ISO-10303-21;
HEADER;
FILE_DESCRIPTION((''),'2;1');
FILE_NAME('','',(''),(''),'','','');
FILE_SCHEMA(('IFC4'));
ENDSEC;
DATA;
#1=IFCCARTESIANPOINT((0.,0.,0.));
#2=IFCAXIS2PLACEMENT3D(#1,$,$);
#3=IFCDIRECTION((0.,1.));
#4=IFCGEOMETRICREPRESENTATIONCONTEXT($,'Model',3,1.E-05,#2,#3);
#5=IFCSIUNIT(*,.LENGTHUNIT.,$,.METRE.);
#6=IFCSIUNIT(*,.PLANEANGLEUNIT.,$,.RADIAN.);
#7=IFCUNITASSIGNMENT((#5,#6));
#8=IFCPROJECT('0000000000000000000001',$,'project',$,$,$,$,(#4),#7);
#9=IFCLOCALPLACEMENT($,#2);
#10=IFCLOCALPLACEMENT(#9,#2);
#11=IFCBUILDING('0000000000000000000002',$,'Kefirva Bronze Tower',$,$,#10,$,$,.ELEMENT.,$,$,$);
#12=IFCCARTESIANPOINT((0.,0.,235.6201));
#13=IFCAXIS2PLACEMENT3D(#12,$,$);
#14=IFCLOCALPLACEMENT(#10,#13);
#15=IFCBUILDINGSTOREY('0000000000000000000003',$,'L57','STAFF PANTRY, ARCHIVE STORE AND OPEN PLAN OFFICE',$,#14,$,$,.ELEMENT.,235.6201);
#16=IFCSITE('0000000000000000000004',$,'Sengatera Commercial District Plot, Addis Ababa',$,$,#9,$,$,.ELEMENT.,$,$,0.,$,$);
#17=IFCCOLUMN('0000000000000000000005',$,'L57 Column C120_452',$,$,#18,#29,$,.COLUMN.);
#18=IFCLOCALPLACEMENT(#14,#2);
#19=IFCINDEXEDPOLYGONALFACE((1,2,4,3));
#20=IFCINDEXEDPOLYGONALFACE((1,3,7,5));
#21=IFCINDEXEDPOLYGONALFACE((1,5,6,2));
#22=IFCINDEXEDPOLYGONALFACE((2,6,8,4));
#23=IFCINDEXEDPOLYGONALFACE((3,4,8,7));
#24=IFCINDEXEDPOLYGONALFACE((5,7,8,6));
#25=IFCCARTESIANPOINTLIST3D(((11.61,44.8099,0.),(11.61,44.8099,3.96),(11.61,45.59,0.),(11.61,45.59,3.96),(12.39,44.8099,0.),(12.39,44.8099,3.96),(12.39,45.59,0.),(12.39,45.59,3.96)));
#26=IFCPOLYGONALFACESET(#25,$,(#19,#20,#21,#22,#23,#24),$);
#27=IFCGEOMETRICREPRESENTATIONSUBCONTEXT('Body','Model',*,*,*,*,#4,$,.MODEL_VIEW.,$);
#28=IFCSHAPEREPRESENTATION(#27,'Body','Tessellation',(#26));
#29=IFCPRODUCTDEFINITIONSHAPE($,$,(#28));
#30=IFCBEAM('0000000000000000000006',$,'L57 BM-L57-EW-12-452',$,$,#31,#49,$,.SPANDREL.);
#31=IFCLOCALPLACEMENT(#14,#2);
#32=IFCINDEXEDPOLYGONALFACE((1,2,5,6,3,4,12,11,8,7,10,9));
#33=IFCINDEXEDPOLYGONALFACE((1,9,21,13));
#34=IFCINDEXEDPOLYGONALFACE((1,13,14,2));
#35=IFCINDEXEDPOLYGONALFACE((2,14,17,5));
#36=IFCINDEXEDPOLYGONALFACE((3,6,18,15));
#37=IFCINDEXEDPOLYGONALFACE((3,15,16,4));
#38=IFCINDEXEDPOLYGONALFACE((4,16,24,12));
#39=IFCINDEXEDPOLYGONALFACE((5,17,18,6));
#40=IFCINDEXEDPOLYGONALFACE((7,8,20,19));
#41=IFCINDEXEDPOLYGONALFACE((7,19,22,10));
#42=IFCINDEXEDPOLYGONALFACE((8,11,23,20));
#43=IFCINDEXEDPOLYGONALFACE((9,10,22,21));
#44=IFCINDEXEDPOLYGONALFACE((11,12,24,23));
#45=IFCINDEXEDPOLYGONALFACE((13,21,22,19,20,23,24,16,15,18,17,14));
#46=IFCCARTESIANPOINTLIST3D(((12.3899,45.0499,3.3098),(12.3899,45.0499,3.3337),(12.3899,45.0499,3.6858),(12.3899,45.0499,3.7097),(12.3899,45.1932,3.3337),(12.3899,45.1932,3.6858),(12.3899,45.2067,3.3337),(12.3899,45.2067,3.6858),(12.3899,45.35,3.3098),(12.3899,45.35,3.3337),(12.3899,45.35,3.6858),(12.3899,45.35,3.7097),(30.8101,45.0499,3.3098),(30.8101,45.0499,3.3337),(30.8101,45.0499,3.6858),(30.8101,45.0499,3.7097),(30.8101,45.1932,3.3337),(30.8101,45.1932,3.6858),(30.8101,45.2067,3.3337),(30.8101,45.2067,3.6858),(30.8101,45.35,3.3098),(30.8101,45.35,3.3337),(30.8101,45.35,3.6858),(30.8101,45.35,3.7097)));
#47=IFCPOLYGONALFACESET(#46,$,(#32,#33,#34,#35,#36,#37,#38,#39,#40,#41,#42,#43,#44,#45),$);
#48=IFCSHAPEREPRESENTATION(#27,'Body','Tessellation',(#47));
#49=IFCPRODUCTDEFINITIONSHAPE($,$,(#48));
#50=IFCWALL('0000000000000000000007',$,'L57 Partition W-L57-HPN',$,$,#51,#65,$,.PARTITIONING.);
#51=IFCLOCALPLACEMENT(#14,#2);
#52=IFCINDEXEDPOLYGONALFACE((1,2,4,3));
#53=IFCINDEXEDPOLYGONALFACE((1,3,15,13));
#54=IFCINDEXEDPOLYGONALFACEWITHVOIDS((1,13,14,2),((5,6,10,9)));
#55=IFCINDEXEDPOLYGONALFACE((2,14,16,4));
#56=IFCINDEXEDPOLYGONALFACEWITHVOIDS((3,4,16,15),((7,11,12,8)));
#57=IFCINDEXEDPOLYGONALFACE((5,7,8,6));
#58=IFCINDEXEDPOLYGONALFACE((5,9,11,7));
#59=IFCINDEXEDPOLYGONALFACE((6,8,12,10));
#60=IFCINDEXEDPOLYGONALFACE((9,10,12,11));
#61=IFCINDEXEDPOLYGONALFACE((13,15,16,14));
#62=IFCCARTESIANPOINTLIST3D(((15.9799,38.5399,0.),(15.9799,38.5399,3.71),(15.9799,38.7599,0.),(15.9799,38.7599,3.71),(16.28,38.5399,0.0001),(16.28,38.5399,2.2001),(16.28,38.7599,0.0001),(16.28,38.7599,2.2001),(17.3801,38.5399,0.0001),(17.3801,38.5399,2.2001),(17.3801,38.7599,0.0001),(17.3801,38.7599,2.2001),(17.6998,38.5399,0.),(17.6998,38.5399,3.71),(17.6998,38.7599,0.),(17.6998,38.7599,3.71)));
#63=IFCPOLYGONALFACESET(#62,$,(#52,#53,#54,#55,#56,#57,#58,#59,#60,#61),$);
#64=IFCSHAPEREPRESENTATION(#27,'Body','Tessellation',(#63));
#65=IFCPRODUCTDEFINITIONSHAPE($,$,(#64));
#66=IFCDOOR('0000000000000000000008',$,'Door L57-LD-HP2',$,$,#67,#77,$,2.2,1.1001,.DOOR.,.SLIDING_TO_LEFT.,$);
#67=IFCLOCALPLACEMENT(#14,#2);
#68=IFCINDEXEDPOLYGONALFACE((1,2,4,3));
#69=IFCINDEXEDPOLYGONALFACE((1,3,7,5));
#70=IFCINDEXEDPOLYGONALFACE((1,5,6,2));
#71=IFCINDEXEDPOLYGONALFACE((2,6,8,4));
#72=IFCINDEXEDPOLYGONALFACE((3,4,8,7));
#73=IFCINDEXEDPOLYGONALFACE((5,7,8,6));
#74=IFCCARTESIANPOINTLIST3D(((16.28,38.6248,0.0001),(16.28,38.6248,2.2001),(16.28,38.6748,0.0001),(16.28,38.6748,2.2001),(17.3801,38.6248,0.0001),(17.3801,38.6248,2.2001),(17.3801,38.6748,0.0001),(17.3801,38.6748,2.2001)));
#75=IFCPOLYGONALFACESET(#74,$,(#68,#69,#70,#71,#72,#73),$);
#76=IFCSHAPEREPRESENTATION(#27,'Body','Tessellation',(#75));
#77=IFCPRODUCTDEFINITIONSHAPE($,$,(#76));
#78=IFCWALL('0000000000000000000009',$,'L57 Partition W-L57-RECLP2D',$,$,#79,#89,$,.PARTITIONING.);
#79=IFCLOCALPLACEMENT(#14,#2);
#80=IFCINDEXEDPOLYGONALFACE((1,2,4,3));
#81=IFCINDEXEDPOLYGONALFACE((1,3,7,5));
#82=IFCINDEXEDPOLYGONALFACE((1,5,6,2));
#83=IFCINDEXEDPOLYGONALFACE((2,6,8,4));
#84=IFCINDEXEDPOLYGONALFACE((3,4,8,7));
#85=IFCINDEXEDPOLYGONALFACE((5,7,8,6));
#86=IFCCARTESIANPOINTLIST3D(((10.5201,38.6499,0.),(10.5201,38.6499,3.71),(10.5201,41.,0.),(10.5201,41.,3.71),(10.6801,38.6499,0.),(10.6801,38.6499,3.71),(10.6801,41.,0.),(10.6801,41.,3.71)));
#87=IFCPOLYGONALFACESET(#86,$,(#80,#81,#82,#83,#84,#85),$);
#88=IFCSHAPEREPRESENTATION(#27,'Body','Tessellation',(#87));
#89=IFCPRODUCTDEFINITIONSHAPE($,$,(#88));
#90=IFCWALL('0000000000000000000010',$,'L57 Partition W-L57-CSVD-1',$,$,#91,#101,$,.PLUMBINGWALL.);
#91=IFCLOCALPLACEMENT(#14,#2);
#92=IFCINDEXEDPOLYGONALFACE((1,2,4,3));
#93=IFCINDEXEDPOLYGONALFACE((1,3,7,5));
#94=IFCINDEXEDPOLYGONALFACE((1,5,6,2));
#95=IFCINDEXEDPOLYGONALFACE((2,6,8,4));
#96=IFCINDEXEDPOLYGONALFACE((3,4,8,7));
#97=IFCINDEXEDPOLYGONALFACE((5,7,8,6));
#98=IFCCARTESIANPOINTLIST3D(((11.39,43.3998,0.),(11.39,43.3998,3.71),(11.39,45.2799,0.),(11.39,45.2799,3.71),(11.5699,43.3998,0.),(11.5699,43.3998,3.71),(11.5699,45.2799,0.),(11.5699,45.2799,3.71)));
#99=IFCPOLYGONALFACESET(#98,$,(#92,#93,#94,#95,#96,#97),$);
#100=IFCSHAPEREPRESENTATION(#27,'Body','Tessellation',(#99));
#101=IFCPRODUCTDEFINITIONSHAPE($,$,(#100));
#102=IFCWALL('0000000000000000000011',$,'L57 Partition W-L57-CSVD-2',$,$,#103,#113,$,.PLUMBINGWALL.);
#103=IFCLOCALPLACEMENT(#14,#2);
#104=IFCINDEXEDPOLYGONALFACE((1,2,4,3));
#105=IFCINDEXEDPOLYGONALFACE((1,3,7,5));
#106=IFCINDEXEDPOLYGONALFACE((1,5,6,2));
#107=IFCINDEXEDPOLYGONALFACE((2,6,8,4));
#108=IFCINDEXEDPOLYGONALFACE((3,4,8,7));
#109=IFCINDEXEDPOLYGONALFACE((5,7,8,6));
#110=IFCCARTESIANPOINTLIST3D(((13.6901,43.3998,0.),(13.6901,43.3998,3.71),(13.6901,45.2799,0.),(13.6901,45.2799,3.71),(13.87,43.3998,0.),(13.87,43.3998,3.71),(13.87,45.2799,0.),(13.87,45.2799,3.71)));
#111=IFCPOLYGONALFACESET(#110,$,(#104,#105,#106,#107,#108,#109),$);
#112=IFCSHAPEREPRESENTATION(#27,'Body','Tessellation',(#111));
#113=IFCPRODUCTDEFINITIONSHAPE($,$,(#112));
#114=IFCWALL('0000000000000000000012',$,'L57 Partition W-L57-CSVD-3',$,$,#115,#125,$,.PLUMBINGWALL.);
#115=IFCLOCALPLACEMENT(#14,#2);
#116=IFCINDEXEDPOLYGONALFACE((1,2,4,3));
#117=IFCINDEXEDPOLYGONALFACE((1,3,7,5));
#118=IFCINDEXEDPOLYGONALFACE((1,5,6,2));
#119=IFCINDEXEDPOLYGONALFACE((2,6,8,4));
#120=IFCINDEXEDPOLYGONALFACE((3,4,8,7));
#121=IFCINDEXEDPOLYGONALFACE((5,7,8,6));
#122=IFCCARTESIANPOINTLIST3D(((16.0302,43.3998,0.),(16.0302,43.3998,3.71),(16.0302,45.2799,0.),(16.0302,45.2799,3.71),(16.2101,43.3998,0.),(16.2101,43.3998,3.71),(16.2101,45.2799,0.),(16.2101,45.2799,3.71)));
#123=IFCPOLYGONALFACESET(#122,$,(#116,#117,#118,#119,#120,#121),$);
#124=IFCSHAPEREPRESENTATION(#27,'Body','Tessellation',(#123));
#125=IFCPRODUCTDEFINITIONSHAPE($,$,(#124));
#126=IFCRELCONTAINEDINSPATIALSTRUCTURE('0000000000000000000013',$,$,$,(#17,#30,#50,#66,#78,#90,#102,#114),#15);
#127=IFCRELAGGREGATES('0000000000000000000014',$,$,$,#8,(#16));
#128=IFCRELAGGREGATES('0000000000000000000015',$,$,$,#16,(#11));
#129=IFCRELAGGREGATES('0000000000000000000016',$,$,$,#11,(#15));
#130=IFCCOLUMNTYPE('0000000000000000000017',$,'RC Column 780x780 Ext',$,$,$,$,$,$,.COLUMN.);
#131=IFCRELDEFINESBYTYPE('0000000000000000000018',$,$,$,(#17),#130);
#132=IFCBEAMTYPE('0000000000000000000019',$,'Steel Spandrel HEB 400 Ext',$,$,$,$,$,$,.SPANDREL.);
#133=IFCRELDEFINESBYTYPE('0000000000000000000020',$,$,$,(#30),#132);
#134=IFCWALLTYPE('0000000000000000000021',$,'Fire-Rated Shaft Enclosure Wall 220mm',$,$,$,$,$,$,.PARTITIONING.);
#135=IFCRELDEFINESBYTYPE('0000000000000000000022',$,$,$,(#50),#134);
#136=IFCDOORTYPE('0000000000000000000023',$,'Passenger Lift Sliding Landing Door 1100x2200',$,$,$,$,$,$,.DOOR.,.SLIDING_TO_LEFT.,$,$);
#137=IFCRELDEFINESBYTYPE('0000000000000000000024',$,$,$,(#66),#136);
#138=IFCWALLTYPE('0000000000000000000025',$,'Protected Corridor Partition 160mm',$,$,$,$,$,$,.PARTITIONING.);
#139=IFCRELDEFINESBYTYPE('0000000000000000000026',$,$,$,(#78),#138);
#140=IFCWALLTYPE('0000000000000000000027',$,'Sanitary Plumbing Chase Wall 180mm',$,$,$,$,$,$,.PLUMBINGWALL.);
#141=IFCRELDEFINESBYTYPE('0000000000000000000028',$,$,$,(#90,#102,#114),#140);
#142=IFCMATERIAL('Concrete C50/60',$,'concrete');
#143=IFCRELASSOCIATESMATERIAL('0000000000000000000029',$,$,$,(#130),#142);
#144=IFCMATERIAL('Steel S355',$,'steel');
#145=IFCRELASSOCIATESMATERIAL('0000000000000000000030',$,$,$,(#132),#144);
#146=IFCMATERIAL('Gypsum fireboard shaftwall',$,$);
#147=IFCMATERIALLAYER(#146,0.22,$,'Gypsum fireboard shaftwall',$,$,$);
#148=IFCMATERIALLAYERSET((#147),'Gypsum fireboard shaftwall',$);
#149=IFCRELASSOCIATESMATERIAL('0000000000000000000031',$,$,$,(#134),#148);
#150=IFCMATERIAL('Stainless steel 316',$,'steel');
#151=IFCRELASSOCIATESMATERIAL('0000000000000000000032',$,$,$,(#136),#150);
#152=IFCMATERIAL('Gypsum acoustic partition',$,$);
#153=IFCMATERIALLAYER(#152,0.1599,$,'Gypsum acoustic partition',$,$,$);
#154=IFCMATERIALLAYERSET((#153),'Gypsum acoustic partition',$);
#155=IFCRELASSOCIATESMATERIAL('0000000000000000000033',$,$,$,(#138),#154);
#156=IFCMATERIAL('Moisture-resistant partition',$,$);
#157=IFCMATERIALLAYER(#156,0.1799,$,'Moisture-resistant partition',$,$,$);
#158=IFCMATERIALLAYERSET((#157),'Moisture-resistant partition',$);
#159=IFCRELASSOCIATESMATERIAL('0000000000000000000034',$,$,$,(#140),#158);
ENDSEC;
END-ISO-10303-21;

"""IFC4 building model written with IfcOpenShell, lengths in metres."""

from ifc_helpers import new_model, si_unit, direction, frame, frame_2d, origin, origin_2d, place, context, subcontext, project, spatial, rectangle, i_section, extrude, material, layer, layer_set, material_profile, profile_set, type_object, element, fill, save


model = new_model("IFC4")

# Units and contexts
model_context = context("Model", 3, precision=1e-05, world=origin(), true_north=direction((0.0, 1.0)))
body_context = subcontext(model_context, "Body", "Model", "MODEL_VIEW")
ifc_project = project(units=[si_unit("LENGTHUNIT", "METRE"), si_unit("PLANEANGLEUNIT", "RADIAN")], contexts=[model_context])

# Site, building, storey
site_placement = place(None, origin())
site = spatial("IfcSite", under=ifc_project, at=site_placement, Name="Sengatera Commercial District Plot, Addis Ababa", CompositionType="ELEMENT", RefElevation=0.0)
building_placement = place(site_placement, origin())
building = spatial("IfcBuilding", under=site, at=building_placement, Name="Kefirva Bronze Tower", CompositionType="ELEMENT")
storey_placement = place(building_placement, frame((0.0, 0.0, 235.6201)))
storey = spatial("IfcBuildingStorey", under=building, at=storey_placement, Name="L57", Description="STAFF PANTRY, ARCHIVE STORE AND OPEN PLAN OFFICE", CompositionType="ELEMENT", Elevation=235.6201)

# Column
ifc_material_1 = material(Name="Concrete C50/60", Category="concrete")
ifc_material_profile_1 = material_profile(ifc_material_1, rectangle(XDim=0.78, YDim=0.78, at=origin_2d()), Name="RC 780x780")
ifc_profile_set_1 = profile_set([ifc_material_profile_1], Name="Concrete C50/60")
column_type = type_object("IfcColumnType", Name="RC Column 780x780 Ext", PredefinedType="COLUMN", material=ifc_profile_set_1)
column_placement = place(storey_placement, frame((12.0, 45.2, 0.0), z_axis=(0.0, 0.0, 1.0), x_axis=(1.0, 0.0, 0.0)))
element("IfcColumn", 1, at=column_placement, inside=storey, type_object=column_type, Name="L57 Column C120_452", PredefinedType="COLUMN", context=body_context, shape_type="SweptSolid", body=[
    extrude(rectangle(XDim=0.78, YDim=0.78, at=origin_2d()), origin(), (0.0, 0.0, 1.0), 3.96),
])

# Beam
ifc_material_2 = material(Name="Steel S355", Category="steel")
ifc_material_profile_2 = material_profile(ifc_material_2, i_section(OverallWidth=0.3, OverallDepth=0.3999, WebThickness=0.0134, FlangeThickness=0.0239, at=origin_2d()), Name="HEB 400")
ifc_profile_set_2 = profile_set([ifc_material_profile_2], Name="Steel S355")
beam_type = type_object("IfcBeamType", Name="Steel Spandrel HEB 400 Ext", PredefinedType="SPANDREL", material=ifc_profile_set_2)
beam_placement = place(storey_placement, frame((12.3899, 45.2, 3.5098), z_axis=(1.0, 0.0, 0.0), x_axis=(0.0, 1.0, 0.0)))
element("IfcBeam", 2, at=beam_placement, inside=storey, type_object=beam_type, Name="L57 BM-L57-EW-12-452", PredefinedType="SPANDREL", context=body_context, shape_type="SweptSolid", body=[
    extrude(i_section(OverallWidth=0.3, OverallDepth=0.3999, WebThickness=0.0134, FlangeThickness=0.0239, at=origin_2d()), origin(), (0.0, 0.0, 1.0), 18.4202),
])

# Wall, opening, door
ifc_material_3 = material(Name="Gypsum acoustic partition")
ifc_material_4 = material(Name="Gypsum fireboard shaftwall")
ifc_layer_1 = layer(ifc_material_4, 0.22, Name="Gypsum fireboard shaftwall")
ifc_layer_set_1 = layer_set([ifc_layer_1], Name="Gypsum fireboard shaftwall")
wall_type_1 = type_object("IfcWallType", Name="Fire-Rated Shaft Enclosure Wall 220mm", PredefinedType="PARTITIONING", material=ifc_layer_set_1)
wall_1_placement = place(storey_placement, frame((15.98, 38.6499, 0.0), z_axis=(0.0, 0.0, 1.0), x_axis=(1.0, 0.0, 0.0)))
wall_1 = element("IfcWall", 3, at=wall_1_placement, inside=storey, type_object=wall_type_1, Name="L57 Partition W-L57-HPN", PredefinedType="PARTITIONING", context=body_context, shape_type="SweptSolid", body=[
    extrude(rectangle(XDim=1.72, YDim=0.22, at=frame_2d((0.8599, 0.0))), origin(), (0.0, 0.0, 1.0), 3.71),
])
opening_1_placement = place(wall_1_placement, frame((0.3, 0.0, 0.0)))
opening_1 = element("IfcOpeningElement", 4, at=opening_1_placement, cuts=wall_1, PredefinedType="OPENING", context=body_context, shape_type="SweptSolid", body=[
    extrude(rectangle(XDim=1.1001, YDim=2.2, at=frame_2d((0.55, 1.1001))), frame((0.0, 0.1201, 0.0), z_axis=(0.0, -1.0, 0.0), x_axis=(1.0, 0.0, 0.0)), (0.0, 0.0, 1.0), 0.24),
])
ifc_material_5 = material(Name="Stainless steel 316", Category="steel")
door_type_1 = type_object("IfcDoorType", Name="Passenger Lift Sliding Landing Door 1100x2200", OperationType="SLIDING_TO_LEFT", PredefinedType="DOOR", material=ifc_material_5)
door_1_placement = place(opening_1_placement, origin())
door_1 = element("IfcDoor", 5, at=door_1_placement, inside=storey, type_object=door_type_1, Name="Door L57-LD-HP2", OperationType="SLIDING_TO_LEFT", OverallHeight=2.2, OverallWidth=1.1001, PredefinedType="DOOR", context=body_context, shape_type="SweptSolid", body=[
    extrude(rectangle(XDim=1.1001, YDim=2.2, at=frame_2d((0.55, 1.1001))), frame((0.0, 0.0249, 0.0), z_axis=(0.0, -1.0, 0.0), x_axis=(1.0, 0.0, 0.0)), (0.0, 0.0, 1.0), 0.05),
])
fill(opening_1, door_1)

# Shared definitions
ifc_layer_2 = layer(ifc_material_3, 0.1599, Name="Gypsum acoustic partition")
ifc_layer_set_2 = layer_set([ifc_layer_2], Name="Gypsum acoustic partition")
wall_type_2 = type_object("IfcWallType", Name="Protected Corridor Partition 160mm", PredefinedType="PARTITIONING", material=ifc_layer_set_2)

# Walls
wall_2_placement = place(storey_placement, frame((10.6001, 38.6499, 0.0), z_axis=(0.0, 0.0, 1.0), x_axis=(0.0, 1.0, 0.0)))
element("IfcWall", 6, at=wall_2_placement, inside=storey, type_object=wall_type_2, Name="L57 Partition W-L57-RECLP2D", PredefinedType="PARTITIONING", context=body_context, shape_type="SweptSolid", body=[
    extrude(rectangle(XDim=2.3501, YDim=0.1599, at=frame_2d((1.175, 0.0))), origin(), (0.0, 0.0, 1.0), 3.71),
])
ifc_material_6 = material(Name="Moisture-resistant partition")
ifc_layer_3 = layer(ifc_material_6, 0.1799, Name="Moisture-resistant partition")
ifc_layer_set_3 = layer_set([ifc_layer_3], Name="Moisture-resistant partition")
wall_type_3 = type_object("IfcWallType", Name="Sanitary Plumbing Chase Wall 180mm", PredefinedType="PLUMBINGWALL", material=ifc_layer_set_3)
for number, where, z_axis, x_axis, name in (
    (7, (11.48, 43.3999, 0.0), (0.0, 0.0, 1.0), (0.0, 1.0, 0.0), "L57 Partition W-L57-CSVD-1"),
    (8, (13.78, 43.3999, 0.0), (0.0, 0.0, 1.0), (0.0, 1.0, 0.0), "L57 Partition W-L57-CSVD-2"),
    (9, (16.1201, 43.3999, 0.0), (0.0, 0.0, 1.0), (0.0, 1.0, 0.0), "L57 Partition W-L57-CSVD-3"),
):
    element("IfcWall", number, at=place(storey_placement, frame(where, z_axis=z_axis, x_axis=x_axis)), inside=storey, type_object=wall_type_3, Name=name, PredefinedType="PLUMBINGWALL", context=body_context, shape_type="SweptSolid", body=[
        extrude(rectangle(XDim=1.8801, YDim=0.1799, at=frame_2d((0.9399, 0.0))), origin(), (0.0, 0.0, 1.0), 3.71),
    ])

save(model, "model.ifc")
